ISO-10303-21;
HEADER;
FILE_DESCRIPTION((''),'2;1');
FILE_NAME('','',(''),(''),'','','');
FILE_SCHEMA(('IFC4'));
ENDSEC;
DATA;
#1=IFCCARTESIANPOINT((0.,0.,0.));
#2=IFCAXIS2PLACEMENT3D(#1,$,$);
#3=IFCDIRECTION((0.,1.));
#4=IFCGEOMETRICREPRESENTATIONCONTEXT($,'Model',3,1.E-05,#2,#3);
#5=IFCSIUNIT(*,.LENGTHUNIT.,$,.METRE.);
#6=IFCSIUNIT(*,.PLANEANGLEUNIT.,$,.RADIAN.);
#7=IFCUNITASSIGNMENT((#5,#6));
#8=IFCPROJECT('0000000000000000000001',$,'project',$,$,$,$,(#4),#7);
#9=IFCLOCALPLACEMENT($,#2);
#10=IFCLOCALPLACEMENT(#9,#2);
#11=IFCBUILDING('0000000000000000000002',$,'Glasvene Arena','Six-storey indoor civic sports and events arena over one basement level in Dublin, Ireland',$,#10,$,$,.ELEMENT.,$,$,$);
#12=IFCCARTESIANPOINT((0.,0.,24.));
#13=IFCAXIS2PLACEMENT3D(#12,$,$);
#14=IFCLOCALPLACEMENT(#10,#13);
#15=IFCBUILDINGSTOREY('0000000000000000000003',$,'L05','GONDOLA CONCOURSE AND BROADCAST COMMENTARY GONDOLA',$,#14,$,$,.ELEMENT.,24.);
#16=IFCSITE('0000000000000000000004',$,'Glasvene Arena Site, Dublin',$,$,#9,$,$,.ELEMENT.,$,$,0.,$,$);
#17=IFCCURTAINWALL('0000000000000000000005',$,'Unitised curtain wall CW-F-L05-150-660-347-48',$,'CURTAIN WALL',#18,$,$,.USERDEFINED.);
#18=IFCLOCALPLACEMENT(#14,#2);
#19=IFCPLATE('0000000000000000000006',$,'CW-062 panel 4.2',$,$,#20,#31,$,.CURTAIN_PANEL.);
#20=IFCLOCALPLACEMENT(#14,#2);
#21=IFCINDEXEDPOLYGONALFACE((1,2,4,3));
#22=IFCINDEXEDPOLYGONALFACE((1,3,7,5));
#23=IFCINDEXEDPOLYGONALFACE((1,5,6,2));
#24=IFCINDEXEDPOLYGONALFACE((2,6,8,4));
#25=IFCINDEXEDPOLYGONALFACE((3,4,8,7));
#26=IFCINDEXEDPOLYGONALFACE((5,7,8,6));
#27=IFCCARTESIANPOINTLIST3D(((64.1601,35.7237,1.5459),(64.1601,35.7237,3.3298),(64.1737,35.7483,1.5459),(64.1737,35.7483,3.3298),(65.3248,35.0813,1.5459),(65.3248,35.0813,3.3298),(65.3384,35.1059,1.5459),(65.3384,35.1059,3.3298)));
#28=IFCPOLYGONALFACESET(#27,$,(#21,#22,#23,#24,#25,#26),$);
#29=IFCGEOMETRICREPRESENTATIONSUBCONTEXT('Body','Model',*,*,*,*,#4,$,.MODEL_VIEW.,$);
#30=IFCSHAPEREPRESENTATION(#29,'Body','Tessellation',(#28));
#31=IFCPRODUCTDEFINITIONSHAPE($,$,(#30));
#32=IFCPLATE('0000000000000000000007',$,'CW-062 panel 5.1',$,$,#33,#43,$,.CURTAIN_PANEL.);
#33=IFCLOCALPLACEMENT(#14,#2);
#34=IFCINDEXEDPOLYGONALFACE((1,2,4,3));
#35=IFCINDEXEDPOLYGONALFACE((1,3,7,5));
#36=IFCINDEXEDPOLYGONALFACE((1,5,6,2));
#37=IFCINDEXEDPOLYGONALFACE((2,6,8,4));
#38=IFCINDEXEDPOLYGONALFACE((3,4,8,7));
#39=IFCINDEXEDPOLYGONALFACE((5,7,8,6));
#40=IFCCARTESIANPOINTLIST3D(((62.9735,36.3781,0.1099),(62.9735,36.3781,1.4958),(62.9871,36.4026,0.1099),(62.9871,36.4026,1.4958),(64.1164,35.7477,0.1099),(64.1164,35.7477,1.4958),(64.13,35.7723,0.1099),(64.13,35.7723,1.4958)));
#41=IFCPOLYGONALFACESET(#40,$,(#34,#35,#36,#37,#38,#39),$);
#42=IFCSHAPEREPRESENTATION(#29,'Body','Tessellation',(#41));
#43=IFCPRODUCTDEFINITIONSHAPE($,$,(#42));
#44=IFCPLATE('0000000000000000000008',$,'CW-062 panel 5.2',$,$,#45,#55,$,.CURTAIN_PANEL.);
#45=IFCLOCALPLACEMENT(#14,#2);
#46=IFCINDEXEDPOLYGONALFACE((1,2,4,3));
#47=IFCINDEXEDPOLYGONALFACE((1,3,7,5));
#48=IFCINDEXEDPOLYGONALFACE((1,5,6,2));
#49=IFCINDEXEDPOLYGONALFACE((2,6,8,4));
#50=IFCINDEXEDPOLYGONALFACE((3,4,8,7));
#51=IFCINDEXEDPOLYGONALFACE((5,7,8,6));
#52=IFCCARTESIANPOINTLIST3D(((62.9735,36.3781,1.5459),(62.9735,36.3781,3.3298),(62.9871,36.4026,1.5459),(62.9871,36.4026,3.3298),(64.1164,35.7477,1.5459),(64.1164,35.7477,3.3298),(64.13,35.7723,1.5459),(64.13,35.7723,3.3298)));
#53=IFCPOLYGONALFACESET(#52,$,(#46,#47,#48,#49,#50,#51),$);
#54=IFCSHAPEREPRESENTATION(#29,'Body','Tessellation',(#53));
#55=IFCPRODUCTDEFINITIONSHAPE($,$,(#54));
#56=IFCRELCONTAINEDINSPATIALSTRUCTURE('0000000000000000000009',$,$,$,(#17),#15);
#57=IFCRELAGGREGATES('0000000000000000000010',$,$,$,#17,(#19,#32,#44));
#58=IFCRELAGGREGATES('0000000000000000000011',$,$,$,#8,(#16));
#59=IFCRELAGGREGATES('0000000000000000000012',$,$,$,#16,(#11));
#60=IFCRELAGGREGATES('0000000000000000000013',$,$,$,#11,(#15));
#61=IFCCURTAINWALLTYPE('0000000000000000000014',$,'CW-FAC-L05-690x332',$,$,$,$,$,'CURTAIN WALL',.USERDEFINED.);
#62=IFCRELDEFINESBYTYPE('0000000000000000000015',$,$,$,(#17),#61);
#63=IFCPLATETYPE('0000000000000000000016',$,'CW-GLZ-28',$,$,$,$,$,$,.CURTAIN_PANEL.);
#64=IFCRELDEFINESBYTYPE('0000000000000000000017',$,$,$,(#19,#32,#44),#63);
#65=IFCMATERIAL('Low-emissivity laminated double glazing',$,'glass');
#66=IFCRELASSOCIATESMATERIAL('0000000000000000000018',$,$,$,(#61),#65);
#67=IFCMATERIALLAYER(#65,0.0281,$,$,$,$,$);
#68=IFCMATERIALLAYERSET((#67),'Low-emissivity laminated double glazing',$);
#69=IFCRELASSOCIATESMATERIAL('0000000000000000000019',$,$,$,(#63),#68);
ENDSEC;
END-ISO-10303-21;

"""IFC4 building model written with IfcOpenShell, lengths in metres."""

from ifc_helpers import new_model, si_unit, direction, frame, origin, origin_2d, place, context, subcontext, project, spatial, rectangle, extrude, material, layer, layer_set, type_object, element, aggregate, save


model = new_model("IFC4")

# Units and contexts
model_context = context("Model", 3, precision=1e-05, world=origin(), true_north=direction((0.0, 1.0)))
body_context = subcontext(model_context, "Body", "Model", "MODEL_VIEW")
ifc_project = project(units=[si_unit("LENGTHUNIT", "METRE"), si_unit("PLANEANGLEUNIT", "RADIAN")], contexts=[model_context])

# Site, building, storey
site_placement = place(None, origin())
site = spatial("IfcSite", under=ifc_project, at=site_placement, Name="Glasvene Arena Site, Dublin", CompositionType="ELEMENT", RefElevation=0.0)
building_placement = place(site_placement, origin())
building = spatial("IfcBuilding", under=site, at=building_placement, Name="Glasvene Arena", Description="Six-storey indoor civic sports and events arena over one basement level in Dublin, Ireland", CompositionType="ELEMENT")
storey_placement = place(building_placement, frame((0.0, 0.0, 24.0)))
storey = spatial("IfcBuildingStorey", under=building, at=storey_placement, Name="L05", Description="GONDOLA CONCOURSE AND BROADCAST COMMENTARY GONDOLA", CompositionType="ELEMENT", Elevation=24.0)

# Curtain wall, plates
ifc_material_1 = material(Name="Low-emissivity laminated double glazing", Category="glass")
curtain_wall_type = type_object("IfcCurtainWallType", Name="CW-FAC-L05-690x332", ElementType="CURTAIN WALL", PredefinedType="USERDEFINED", material=ifc_material_1)
curtain_wall_placement = place(storey_placement, frame((68.979, 33.0818, 0.0)))
curtain_wall = element("IfcCurtainWall", 1, at=curtain_wall_placement, inside=storey, type_object=curtain_wall_type, Name="Unitised curtain wall CW-F-L05-150-660-347-48", ObjectType="CURTAIN WALL", PredefinedType="USERDEFINED")
ifc_layer_1 = layer(ifc_material_1, 0.0281)
ifc_layer_set_1 = layer_set([ifc_layer_1], Name="Low-emissivity laminated double glazing")
plate_type = type_object("IfcPlateType", Name="CW-GLZ-28", PredefinedType="CURTAIN_PANEL", material=ifc_layer_set_1)
plate_1_placement = place(storey_placement, frame((64.7493, 35.4148, 1.5459), z_axis=(0.0, 0.0, 1.0), x_axis=(-0.875654, 0.482939, 0.0)))
plate_1 = element("IfcPlate", 2, at=plate_1_placement, type_object=plate_type, Name="CW-062 panel 4.2", PredefinedType="CURTAIN_PANEL", context=body_context, shape_type="SweptSolid", body=[
    extrude(rectangle(XDim=1.3301, YDim=0.0281, at=origin_2d()), origin(), (0.0, 0.0, 1.0), 1.7839),
])
plate_2_placement = place(storey_placement, frame((63.5518, 36.0752, 0.1099), z_axis=(0.0, 0.0, 1.0), x_axis=(-0.875654, 0.482939, 0.0)))
plate_2 = element("IfcPlate", 3, at=plate_2_placement, type_object=plate_type, Name="CW-062 panel 5.1", PredefinedType="CURTAIN_PANEL", context=body_context, shape_type="SweptSolid", body=[
    extrude(rectangle(XDim=1.3052, YDim=0.0281, at=origin_2d()), origin(), (0.0, 0.0, 1.0), 1.386),
])
plate_3_placement = place(storey_placement, frame((63.5518, 36.0752, 1.5459), z_axis=(0.0, 0.0, 1.0), x_axis=(-0.875654, 0.482939, 0.0)))
plate_3 = element("IfcPlate", 4, at=plate_3_placement, type_object=plate_type, Name="CW-062 panel 5.2", PredefinedType="CURTAIN_PANEL", context=body_context, shape_type="SweptSolid", body=[
    extrude(rectangle(XDim=1.3052, YDim=0.0281, at=origin_2d()), origin(), (0.0, 0.0, 1.0), 1.7839),
])
aggregate(curtain_wall, [plate_1, plate_2, plate_3])

save(model, "model.ifc")
